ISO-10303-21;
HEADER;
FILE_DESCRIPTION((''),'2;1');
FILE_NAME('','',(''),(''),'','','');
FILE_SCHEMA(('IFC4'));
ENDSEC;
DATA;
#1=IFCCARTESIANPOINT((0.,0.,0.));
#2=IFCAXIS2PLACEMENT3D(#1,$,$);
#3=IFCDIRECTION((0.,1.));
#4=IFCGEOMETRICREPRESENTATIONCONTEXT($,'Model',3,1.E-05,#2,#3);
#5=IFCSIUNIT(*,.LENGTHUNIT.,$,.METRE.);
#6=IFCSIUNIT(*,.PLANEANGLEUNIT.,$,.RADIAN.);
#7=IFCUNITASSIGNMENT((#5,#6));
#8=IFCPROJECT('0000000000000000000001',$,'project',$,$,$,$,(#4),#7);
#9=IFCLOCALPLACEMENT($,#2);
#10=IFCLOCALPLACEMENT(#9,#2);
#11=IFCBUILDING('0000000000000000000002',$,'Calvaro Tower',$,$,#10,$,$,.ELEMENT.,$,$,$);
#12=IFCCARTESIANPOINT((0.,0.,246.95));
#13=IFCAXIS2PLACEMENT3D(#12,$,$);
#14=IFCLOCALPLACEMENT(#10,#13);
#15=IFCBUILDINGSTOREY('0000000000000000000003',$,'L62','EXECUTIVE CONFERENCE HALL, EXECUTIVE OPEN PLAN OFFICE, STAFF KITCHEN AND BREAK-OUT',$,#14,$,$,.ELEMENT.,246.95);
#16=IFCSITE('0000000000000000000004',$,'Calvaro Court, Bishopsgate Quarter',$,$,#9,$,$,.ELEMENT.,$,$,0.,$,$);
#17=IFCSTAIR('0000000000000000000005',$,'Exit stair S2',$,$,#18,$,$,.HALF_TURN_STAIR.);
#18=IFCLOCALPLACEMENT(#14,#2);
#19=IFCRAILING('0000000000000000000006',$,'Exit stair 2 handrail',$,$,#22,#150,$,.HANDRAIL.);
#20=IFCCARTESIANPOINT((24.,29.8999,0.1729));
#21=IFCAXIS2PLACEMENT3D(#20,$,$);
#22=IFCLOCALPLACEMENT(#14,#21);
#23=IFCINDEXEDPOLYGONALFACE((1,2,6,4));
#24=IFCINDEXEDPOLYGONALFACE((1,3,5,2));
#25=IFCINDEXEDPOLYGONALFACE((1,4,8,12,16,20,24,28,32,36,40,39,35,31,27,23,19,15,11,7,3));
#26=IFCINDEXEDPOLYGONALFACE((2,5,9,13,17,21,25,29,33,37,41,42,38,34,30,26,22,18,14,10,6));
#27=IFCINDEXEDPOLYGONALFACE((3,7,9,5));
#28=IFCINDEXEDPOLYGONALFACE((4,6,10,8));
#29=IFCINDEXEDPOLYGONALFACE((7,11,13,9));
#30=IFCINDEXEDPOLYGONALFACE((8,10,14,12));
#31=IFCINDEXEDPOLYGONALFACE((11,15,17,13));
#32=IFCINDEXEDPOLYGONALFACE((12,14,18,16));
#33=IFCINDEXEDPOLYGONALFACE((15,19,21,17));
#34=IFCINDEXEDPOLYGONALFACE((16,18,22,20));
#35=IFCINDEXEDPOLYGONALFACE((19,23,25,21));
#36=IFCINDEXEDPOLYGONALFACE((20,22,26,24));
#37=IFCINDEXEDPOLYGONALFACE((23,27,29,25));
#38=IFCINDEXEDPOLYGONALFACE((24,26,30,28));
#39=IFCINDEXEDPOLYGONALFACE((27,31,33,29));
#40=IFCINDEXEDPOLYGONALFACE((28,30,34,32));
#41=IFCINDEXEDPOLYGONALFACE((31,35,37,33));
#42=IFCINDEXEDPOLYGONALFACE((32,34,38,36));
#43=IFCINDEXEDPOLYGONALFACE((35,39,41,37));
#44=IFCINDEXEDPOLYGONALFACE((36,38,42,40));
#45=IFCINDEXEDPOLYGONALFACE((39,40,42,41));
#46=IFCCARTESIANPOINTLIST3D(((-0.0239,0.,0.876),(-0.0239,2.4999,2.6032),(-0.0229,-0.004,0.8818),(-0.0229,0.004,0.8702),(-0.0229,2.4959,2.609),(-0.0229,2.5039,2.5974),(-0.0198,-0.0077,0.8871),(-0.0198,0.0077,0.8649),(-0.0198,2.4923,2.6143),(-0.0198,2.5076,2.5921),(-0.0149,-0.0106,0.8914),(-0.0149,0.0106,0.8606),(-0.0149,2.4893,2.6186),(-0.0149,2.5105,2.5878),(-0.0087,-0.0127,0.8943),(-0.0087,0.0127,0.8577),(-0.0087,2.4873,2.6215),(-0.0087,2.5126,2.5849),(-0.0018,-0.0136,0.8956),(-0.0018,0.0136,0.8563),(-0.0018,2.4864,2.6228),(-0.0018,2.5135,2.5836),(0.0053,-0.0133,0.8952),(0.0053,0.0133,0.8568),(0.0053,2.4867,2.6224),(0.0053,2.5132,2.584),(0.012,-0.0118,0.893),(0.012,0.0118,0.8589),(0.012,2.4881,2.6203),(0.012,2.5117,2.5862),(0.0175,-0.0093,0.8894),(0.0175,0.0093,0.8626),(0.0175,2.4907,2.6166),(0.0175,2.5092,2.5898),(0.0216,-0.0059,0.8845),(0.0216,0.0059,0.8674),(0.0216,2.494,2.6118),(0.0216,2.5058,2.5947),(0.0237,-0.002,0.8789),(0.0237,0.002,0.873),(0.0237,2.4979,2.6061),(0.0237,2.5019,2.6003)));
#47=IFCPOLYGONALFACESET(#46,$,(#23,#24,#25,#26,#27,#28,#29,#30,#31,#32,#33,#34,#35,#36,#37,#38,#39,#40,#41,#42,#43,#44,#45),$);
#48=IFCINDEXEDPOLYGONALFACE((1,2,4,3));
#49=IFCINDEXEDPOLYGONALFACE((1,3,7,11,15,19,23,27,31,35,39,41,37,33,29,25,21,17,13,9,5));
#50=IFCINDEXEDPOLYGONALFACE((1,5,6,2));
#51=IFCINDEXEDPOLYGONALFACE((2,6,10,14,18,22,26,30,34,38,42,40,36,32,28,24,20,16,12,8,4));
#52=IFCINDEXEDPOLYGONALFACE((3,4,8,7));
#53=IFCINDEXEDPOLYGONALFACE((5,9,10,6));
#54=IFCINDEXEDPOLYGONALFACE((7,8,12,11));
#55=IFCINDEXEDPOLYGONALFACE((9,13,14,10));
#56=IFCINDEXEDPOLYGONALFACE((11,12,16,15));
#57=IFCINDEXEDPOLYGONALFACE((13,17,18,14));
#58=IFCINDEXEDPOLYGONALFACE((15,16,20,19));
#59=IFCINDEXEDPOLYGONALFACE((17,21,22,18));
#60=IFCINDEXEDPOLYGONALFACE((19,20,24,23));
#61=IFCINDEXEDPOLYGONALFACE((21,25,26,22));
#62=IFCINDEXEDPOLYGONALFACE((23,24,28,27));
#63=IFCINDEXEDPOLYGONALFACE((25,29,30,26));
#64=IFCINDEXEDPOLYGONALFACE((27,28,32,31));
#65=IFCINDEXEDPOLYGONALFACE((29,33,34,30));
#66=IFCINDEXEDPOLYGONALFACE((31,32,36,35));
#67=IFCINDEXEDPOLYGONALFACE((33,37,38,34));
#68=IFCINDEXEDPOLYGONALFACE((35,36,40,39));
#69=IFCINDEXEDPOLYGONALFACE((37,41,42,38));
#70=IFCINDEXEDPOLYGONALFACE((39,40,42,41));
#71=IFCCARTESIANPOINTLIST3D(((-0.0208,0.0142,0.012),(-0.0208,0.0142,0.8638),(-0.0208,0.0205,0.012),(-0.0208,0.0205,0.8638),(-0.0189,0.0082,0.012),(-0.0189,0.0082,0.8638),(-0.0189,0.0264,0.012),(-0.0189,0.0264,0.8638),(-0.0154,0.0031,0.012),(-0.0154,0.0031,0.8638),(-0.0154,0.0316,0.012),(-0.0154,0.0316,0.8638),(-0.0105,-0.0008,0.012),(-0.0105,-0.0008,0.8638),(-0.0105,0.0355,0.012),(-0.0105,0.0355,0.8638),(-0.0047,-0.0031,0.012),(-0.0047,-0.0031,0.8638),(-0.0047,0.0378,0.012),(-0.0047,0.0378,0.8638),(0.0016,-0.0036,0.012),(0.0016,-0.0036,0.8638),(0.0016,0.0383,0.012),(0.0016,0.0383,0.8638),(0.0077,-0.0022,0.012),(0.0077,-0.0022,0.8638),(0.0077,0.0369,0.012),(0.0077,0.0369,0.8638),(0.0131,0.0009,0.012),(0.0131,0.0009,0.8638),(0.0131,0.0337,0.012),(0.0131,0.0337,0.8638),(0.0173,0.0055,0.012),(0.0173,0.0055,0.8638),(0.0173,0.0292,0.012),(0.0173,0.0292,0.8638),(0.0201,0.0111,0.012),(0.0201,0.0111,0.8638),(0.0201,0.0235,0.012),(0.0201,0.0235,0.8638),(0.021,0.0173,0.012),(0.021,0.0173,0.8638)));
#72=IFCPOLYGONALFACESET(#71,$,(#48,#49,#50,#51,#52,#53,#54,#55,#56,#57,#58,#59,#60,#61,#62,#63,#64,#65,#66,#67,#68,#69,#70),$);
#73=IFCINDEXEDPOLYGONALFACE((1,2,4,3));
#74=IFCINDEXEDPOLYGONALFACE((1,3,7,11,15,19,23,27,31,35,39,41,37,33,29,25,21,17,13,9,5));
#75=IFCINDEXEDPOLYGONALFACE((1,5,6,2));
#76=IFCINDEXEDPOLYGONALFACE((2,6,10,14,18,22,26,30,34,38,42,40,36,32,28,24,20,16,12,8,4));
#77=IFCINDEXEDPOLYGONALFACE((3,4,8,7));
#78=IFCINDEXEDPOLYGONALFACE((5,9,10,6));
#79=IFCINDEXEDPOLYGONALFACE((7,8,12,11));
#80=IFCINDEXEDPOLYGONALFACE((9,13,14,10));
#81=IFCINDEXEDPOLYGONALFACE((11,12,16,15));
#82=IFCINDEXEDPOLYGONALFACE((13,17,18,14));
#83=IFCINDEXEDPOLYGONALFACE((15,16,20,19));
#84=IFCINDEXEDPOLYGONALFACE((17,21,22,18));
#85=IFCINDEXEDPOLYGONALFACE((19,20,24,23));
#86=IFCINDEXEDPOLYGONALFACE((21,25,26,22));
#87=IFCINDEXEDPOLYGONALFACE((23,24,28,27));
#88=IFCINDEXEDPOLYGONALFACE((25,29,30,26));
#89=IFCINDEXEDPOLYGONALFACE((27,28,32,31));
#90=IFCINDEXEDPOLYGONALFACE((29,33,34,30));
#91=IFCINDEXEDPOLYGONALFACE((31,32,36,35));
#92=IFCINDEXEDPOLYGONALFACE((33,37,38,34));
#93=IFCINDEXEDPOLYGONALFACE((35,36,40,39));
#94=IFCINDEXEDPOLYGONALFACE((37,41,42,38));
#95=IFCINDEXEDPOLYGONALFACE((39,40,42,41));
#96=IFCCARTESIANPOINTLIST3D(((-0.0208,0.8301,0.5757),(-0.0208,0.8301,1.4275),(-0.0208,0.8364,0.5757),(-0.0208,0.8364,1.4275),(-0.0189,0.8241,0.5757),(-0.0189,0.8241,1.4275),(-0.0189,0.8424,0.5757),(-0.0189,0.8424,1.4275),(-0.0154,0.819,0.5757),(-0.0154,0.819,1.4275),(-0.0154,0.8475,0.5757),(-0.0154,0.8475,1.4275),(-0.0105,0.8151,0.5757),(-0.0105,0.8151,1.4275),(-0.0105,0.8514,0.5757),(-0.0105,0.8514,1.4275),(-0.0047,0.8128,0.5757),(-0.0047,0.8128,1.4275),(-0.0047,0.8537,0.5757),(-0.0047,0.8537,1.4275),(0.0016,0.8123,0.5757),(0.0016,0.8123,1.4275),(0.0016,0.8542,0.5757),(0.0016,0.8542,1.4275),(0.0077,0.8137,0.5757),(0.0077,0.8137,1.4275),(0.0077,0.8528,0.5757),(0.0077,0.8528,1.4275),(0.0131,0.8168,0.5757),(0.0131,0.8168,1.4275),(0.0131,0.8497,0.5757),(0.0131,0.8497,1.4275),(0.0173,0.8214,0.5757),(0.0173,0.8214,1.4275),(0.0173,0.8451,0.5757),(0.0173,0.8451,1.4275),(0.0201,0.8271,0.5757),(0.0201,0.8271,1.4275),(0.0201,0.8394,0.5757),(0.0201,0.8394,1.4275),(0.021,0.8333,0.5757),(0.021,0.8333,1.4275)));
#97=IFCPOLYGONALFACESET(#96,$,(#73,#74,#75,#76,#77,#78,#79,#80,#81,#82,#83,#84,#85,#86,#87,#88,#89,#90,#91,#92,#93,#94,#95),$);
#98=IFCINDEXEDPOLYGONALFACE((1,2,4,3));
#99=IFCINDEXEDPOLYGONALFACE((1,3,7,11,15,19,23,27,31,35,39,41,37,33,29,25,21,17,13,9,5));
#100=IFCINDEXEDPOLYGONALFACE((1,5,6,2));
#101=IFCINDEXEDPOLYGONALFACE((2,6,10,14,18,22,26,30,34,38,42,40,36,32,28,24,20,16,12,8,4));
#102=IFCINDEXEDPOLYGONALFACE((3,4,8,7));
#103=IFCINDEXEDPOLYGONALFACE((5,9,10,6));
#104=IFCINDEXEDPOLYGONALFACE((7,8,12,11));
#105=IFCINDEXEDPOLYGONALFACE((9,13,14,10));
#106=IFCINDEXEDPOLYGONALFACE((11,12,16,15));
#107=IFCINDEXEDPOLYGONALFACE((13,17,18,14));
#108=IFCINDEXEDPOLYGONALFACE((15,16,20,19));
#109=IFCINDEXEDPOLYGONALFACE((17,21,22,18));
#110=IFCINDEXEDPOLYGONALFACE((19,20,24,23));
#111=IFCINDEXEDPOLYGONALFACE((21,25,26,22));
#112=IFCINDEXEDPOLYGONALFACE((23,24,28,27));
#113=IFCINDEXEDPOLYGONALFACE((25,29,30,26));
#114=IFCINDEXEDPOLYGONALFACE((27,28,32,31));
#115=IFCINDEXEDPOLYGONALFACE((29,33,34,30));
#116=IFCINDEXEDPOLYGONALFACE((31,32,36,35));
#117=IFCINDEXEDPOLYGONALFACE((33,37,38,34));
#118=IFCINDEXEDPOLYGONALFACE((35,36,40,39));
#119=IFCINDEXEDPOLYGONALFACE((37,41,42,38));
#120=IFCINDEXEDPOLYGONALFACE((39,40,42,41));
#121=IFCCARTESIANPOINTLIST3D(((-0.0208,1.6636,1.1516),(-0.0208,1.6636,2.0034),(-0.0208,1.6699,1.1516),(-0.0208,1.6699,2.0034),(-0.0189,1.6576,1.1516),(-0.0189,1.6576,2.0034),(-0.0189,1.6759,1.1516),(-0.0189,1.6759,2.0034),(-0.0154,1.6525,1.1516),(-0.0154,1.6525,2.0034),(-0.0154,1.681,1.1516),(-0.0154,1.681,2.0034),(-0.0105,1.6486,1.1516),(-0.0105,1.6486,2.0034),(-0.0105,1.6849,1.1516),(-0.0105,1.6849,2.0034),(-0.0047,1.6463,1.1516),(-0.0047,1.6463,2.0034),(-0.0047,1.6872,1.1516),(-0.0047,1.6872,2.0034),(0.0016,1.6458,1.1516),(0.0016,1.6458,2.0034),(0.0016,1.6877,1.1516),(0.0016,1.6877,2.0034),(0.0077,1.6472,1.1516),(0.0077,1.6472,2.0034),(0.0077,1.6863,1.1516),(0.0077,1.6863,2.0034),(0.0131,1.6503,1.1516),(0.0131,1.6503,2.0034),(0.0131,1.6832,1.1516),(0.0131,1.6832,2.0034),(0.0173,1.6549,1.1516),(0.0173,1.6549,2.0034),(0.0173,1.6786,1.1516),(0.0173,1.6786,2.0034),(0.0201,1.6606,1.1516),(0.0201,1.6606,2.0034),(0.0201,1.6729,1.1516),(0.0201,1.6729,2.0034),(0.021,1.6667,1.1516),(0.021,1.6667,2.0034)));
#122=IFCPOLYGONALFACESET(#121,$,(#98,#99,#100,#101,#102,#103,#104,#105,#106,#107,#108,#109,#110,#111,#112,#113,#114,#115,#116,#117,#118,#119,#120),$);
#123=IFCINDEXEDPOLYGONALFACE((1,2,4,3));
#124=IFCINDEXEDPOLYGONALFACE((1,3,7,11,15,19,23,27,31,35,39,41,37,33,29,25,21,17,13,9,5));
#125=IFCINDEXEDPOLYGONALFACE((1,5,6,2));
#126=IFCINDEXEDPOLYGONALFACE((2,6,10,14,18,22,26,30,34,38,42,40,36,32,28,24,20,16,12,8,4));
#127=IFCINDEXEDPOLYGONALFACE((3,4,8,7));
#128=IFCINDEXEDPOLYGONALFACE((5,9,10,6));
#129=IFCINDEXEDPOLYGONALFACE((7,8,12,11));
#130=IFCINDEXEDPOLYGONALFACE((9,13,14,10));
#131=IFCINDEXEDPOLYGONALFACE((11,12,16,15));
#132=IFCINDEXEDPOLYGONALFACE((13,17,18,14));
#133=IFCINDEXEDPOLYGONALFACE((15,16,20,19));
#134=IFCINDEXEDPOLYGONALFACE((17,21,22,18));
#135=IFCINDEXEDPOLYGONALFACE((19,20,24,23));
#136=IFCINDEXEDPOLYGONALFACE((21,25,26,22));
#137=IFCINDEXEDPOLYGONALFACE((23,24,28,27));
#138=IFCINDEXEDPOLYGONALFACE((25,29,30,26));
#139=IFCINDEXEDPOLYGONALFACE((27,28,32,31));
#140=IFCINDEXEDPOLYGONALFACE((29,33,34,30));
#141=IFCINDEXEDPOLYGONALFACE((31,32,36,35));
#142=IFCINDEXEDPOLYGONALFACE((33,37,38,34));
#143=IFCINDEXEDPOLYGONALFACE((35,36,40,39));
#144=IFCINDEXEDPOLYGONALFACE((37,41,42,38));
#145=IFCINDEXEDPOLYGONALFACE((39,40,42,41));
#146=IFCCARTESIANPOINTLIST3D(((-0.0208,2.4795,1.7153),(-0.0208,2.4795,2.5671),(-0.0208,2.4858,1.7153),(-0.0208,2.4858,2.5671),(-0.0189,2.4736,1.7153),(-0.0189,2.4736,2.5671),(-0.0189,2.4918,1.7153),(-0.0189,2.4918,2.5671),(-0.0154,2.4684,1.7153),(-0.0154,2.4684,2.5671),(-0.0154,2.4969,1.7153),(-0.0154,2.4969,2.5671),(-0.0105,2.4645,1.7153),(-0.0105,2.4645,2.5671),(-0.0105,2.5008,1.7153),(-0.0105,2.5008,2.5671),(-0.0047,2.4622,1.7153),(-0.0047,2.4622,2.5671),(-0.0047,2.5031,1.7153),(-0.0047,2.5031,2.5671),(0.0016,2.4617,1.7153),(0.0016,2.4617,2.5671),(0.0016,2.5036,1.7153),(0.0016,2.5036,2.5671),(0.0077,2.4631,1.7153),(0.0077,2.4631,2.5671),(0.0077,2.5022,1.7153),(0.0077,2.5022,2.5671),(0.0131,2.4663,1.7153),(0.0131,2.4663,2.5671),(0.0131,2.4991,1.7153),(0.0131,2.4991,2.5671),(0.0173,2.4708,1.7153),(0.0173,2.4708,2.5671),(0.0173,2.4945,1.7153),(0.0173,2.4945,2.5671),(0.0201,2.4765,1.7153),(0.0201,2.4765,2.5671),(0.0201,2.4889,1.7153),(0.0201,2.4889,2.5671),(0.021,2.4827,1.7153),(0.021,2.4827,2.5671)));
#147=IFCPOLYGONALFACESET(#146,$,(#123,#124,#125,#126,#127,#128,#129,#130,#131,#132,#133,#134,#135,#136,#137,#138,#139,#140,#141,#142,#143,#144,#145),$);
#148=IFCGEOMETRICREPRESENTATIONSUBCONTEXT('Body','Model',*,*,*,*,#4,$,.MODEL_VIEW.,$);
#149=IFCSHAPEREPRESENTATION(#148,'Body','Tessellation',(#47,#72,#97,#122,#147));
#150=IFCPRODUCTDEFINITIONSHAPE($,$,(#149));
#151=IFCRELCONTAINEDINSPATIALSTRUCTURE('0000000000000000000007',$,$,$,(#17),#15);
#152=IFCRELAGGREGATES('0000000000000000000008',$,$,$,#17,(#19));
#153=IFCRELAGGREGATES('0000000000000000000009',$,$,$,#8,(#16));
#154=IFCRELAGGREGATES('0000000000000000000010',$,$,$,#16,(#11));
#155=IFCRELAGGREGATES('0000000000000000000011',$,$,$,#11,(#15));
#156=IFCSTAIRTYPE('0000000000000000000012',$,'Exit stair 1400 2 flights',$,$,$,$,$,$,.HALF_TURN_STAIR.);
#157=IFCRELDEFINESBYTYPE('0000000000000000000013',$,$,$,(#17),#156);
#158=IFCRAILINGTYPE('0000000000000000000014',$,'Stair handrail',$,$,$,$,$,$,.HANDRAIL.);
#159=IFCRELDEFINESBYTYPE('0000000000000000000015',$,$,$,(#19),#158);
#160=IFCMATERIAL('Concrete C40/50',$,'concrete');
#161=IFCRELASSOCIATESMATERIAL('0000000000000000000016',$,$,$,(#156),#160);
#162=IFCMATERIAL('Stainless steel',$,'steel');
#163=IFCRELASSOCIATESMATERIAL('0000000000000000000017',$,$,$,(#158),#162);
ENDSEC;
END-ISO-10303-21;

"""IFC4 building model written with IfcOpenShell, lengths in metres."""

from ifc_helpers import new_model, si_unit, direction, frame, origin, origin_2d, place, context, subcontext, project, spatial, circle, extrude, material, type_object, element, aggregate, save


model = new_model("IFC4")

# Units and contexts
model_context = context("Model", 3, precision=1e-05, world=origin(), true_north=direction((0.0, 1.0)))
body_context = subcontext(model_context, "Body", "Model", "MODEL_VIEW")
ifc_project = project(units=[si_unit("LENGTHUNIT", "METRE"), si_unit("PLANEANGLEUNIT", "RADIAN")], contexts=[model_context])

# Site, building, storey
site_placement = place(None, origin())
site = spatial("IfcSite", under=ifc_project, at=site_placement, Name="Calvaro Court, Bishopsgate Quarter", CompositionType="ELEMENT", RefElevation=0.0)
building_placement = place(site_placement, origin())
building = spatial("IfcBuilding", under=site, at=building_placement, Name="Calvaro Tower", CompositionType="ELEMENT")
storey_placement = place(building_placement, frame((0.0, 0.0, 246.95)))
storey = spatial("IfcBuildingStorey", under=building, at=storey_placement, Name="L62", Description="EXECUTIVE CONFERENCE HALL, EXECUTIVE OPEN PLAN OFFICE, STAFF KITCHEN AND BREAK-OUT", CompositionType="ELEMENT", Elevation=246.95)

# Stair, railing
ifc_material_1 = material(Name="Concrete C40/50", Category="concrete")
stair_type = type_object("IfcStairType", Name="Exit stair 1400 2 flights", PredefinedType="HALF_TURN_STAIR", material=ifc_material_1)
stair_placement = place(storey_placement, origin())
stair = element("IfcStair", 1, at=stair_placement, inside=storey, type_object=stair_type, Name="Exit stair S2", PredefinedType="HALF_TURN_STAIR")
ifc_material_2 = material(Name="Stainless steel", Category="steel")
railing_type = type_object("IfcRailingType", Name="Stair handrail", PredefinedType="HANDRAIL", material=ifc_material_2)
railing_1_placement = place(storey_placement, frame((24.0, 29.8999, 0.1729)))
railing_1 = element("IfcRailing", 2, at=railing_1_placement, type_object=railing_type, Name="Exit stair 2 handrail", PredefinedType="HANDRAIL", context=body_context, shape_type="SweptSolid", body=[
    extrude(circle(Radius=0.0239, at=origin_2d()), frame((0.0, 0.0, 0.876), z_axis=(0.0, 0.822727, 0.568437), x_axis=(-1.0, 0.0, 0.0)), (0.0, 0.0, 1.0), 3.0386),
    extrude(circle(Radius=0.021, at=origin_2d()), frame((0.0, 0.0173, 0.012)), (0.0, 0.0, 1.0), 0.8518),
    extrude(circle(Radius=0.021, at=origin_2d()), frame((0.0, 0.8333, 0.5757)), (0.0, 0.0, 1.0), 0.8518),
    extrude(circle(Radius=0.021, at=origin_2d()), frame((0.0, 1.6667, 1.1516)), (0.0, 0.0, 1.0), 0.8518),
    extrude(circle(Radius=0.021, at=origin_2d()), frame((0.0, 2.4827, 1.7153)), (0.0, 0.0, 1.0), 0.8518),
])
aggregate(stair, [railing_1])

save(model, "model.ifc")
